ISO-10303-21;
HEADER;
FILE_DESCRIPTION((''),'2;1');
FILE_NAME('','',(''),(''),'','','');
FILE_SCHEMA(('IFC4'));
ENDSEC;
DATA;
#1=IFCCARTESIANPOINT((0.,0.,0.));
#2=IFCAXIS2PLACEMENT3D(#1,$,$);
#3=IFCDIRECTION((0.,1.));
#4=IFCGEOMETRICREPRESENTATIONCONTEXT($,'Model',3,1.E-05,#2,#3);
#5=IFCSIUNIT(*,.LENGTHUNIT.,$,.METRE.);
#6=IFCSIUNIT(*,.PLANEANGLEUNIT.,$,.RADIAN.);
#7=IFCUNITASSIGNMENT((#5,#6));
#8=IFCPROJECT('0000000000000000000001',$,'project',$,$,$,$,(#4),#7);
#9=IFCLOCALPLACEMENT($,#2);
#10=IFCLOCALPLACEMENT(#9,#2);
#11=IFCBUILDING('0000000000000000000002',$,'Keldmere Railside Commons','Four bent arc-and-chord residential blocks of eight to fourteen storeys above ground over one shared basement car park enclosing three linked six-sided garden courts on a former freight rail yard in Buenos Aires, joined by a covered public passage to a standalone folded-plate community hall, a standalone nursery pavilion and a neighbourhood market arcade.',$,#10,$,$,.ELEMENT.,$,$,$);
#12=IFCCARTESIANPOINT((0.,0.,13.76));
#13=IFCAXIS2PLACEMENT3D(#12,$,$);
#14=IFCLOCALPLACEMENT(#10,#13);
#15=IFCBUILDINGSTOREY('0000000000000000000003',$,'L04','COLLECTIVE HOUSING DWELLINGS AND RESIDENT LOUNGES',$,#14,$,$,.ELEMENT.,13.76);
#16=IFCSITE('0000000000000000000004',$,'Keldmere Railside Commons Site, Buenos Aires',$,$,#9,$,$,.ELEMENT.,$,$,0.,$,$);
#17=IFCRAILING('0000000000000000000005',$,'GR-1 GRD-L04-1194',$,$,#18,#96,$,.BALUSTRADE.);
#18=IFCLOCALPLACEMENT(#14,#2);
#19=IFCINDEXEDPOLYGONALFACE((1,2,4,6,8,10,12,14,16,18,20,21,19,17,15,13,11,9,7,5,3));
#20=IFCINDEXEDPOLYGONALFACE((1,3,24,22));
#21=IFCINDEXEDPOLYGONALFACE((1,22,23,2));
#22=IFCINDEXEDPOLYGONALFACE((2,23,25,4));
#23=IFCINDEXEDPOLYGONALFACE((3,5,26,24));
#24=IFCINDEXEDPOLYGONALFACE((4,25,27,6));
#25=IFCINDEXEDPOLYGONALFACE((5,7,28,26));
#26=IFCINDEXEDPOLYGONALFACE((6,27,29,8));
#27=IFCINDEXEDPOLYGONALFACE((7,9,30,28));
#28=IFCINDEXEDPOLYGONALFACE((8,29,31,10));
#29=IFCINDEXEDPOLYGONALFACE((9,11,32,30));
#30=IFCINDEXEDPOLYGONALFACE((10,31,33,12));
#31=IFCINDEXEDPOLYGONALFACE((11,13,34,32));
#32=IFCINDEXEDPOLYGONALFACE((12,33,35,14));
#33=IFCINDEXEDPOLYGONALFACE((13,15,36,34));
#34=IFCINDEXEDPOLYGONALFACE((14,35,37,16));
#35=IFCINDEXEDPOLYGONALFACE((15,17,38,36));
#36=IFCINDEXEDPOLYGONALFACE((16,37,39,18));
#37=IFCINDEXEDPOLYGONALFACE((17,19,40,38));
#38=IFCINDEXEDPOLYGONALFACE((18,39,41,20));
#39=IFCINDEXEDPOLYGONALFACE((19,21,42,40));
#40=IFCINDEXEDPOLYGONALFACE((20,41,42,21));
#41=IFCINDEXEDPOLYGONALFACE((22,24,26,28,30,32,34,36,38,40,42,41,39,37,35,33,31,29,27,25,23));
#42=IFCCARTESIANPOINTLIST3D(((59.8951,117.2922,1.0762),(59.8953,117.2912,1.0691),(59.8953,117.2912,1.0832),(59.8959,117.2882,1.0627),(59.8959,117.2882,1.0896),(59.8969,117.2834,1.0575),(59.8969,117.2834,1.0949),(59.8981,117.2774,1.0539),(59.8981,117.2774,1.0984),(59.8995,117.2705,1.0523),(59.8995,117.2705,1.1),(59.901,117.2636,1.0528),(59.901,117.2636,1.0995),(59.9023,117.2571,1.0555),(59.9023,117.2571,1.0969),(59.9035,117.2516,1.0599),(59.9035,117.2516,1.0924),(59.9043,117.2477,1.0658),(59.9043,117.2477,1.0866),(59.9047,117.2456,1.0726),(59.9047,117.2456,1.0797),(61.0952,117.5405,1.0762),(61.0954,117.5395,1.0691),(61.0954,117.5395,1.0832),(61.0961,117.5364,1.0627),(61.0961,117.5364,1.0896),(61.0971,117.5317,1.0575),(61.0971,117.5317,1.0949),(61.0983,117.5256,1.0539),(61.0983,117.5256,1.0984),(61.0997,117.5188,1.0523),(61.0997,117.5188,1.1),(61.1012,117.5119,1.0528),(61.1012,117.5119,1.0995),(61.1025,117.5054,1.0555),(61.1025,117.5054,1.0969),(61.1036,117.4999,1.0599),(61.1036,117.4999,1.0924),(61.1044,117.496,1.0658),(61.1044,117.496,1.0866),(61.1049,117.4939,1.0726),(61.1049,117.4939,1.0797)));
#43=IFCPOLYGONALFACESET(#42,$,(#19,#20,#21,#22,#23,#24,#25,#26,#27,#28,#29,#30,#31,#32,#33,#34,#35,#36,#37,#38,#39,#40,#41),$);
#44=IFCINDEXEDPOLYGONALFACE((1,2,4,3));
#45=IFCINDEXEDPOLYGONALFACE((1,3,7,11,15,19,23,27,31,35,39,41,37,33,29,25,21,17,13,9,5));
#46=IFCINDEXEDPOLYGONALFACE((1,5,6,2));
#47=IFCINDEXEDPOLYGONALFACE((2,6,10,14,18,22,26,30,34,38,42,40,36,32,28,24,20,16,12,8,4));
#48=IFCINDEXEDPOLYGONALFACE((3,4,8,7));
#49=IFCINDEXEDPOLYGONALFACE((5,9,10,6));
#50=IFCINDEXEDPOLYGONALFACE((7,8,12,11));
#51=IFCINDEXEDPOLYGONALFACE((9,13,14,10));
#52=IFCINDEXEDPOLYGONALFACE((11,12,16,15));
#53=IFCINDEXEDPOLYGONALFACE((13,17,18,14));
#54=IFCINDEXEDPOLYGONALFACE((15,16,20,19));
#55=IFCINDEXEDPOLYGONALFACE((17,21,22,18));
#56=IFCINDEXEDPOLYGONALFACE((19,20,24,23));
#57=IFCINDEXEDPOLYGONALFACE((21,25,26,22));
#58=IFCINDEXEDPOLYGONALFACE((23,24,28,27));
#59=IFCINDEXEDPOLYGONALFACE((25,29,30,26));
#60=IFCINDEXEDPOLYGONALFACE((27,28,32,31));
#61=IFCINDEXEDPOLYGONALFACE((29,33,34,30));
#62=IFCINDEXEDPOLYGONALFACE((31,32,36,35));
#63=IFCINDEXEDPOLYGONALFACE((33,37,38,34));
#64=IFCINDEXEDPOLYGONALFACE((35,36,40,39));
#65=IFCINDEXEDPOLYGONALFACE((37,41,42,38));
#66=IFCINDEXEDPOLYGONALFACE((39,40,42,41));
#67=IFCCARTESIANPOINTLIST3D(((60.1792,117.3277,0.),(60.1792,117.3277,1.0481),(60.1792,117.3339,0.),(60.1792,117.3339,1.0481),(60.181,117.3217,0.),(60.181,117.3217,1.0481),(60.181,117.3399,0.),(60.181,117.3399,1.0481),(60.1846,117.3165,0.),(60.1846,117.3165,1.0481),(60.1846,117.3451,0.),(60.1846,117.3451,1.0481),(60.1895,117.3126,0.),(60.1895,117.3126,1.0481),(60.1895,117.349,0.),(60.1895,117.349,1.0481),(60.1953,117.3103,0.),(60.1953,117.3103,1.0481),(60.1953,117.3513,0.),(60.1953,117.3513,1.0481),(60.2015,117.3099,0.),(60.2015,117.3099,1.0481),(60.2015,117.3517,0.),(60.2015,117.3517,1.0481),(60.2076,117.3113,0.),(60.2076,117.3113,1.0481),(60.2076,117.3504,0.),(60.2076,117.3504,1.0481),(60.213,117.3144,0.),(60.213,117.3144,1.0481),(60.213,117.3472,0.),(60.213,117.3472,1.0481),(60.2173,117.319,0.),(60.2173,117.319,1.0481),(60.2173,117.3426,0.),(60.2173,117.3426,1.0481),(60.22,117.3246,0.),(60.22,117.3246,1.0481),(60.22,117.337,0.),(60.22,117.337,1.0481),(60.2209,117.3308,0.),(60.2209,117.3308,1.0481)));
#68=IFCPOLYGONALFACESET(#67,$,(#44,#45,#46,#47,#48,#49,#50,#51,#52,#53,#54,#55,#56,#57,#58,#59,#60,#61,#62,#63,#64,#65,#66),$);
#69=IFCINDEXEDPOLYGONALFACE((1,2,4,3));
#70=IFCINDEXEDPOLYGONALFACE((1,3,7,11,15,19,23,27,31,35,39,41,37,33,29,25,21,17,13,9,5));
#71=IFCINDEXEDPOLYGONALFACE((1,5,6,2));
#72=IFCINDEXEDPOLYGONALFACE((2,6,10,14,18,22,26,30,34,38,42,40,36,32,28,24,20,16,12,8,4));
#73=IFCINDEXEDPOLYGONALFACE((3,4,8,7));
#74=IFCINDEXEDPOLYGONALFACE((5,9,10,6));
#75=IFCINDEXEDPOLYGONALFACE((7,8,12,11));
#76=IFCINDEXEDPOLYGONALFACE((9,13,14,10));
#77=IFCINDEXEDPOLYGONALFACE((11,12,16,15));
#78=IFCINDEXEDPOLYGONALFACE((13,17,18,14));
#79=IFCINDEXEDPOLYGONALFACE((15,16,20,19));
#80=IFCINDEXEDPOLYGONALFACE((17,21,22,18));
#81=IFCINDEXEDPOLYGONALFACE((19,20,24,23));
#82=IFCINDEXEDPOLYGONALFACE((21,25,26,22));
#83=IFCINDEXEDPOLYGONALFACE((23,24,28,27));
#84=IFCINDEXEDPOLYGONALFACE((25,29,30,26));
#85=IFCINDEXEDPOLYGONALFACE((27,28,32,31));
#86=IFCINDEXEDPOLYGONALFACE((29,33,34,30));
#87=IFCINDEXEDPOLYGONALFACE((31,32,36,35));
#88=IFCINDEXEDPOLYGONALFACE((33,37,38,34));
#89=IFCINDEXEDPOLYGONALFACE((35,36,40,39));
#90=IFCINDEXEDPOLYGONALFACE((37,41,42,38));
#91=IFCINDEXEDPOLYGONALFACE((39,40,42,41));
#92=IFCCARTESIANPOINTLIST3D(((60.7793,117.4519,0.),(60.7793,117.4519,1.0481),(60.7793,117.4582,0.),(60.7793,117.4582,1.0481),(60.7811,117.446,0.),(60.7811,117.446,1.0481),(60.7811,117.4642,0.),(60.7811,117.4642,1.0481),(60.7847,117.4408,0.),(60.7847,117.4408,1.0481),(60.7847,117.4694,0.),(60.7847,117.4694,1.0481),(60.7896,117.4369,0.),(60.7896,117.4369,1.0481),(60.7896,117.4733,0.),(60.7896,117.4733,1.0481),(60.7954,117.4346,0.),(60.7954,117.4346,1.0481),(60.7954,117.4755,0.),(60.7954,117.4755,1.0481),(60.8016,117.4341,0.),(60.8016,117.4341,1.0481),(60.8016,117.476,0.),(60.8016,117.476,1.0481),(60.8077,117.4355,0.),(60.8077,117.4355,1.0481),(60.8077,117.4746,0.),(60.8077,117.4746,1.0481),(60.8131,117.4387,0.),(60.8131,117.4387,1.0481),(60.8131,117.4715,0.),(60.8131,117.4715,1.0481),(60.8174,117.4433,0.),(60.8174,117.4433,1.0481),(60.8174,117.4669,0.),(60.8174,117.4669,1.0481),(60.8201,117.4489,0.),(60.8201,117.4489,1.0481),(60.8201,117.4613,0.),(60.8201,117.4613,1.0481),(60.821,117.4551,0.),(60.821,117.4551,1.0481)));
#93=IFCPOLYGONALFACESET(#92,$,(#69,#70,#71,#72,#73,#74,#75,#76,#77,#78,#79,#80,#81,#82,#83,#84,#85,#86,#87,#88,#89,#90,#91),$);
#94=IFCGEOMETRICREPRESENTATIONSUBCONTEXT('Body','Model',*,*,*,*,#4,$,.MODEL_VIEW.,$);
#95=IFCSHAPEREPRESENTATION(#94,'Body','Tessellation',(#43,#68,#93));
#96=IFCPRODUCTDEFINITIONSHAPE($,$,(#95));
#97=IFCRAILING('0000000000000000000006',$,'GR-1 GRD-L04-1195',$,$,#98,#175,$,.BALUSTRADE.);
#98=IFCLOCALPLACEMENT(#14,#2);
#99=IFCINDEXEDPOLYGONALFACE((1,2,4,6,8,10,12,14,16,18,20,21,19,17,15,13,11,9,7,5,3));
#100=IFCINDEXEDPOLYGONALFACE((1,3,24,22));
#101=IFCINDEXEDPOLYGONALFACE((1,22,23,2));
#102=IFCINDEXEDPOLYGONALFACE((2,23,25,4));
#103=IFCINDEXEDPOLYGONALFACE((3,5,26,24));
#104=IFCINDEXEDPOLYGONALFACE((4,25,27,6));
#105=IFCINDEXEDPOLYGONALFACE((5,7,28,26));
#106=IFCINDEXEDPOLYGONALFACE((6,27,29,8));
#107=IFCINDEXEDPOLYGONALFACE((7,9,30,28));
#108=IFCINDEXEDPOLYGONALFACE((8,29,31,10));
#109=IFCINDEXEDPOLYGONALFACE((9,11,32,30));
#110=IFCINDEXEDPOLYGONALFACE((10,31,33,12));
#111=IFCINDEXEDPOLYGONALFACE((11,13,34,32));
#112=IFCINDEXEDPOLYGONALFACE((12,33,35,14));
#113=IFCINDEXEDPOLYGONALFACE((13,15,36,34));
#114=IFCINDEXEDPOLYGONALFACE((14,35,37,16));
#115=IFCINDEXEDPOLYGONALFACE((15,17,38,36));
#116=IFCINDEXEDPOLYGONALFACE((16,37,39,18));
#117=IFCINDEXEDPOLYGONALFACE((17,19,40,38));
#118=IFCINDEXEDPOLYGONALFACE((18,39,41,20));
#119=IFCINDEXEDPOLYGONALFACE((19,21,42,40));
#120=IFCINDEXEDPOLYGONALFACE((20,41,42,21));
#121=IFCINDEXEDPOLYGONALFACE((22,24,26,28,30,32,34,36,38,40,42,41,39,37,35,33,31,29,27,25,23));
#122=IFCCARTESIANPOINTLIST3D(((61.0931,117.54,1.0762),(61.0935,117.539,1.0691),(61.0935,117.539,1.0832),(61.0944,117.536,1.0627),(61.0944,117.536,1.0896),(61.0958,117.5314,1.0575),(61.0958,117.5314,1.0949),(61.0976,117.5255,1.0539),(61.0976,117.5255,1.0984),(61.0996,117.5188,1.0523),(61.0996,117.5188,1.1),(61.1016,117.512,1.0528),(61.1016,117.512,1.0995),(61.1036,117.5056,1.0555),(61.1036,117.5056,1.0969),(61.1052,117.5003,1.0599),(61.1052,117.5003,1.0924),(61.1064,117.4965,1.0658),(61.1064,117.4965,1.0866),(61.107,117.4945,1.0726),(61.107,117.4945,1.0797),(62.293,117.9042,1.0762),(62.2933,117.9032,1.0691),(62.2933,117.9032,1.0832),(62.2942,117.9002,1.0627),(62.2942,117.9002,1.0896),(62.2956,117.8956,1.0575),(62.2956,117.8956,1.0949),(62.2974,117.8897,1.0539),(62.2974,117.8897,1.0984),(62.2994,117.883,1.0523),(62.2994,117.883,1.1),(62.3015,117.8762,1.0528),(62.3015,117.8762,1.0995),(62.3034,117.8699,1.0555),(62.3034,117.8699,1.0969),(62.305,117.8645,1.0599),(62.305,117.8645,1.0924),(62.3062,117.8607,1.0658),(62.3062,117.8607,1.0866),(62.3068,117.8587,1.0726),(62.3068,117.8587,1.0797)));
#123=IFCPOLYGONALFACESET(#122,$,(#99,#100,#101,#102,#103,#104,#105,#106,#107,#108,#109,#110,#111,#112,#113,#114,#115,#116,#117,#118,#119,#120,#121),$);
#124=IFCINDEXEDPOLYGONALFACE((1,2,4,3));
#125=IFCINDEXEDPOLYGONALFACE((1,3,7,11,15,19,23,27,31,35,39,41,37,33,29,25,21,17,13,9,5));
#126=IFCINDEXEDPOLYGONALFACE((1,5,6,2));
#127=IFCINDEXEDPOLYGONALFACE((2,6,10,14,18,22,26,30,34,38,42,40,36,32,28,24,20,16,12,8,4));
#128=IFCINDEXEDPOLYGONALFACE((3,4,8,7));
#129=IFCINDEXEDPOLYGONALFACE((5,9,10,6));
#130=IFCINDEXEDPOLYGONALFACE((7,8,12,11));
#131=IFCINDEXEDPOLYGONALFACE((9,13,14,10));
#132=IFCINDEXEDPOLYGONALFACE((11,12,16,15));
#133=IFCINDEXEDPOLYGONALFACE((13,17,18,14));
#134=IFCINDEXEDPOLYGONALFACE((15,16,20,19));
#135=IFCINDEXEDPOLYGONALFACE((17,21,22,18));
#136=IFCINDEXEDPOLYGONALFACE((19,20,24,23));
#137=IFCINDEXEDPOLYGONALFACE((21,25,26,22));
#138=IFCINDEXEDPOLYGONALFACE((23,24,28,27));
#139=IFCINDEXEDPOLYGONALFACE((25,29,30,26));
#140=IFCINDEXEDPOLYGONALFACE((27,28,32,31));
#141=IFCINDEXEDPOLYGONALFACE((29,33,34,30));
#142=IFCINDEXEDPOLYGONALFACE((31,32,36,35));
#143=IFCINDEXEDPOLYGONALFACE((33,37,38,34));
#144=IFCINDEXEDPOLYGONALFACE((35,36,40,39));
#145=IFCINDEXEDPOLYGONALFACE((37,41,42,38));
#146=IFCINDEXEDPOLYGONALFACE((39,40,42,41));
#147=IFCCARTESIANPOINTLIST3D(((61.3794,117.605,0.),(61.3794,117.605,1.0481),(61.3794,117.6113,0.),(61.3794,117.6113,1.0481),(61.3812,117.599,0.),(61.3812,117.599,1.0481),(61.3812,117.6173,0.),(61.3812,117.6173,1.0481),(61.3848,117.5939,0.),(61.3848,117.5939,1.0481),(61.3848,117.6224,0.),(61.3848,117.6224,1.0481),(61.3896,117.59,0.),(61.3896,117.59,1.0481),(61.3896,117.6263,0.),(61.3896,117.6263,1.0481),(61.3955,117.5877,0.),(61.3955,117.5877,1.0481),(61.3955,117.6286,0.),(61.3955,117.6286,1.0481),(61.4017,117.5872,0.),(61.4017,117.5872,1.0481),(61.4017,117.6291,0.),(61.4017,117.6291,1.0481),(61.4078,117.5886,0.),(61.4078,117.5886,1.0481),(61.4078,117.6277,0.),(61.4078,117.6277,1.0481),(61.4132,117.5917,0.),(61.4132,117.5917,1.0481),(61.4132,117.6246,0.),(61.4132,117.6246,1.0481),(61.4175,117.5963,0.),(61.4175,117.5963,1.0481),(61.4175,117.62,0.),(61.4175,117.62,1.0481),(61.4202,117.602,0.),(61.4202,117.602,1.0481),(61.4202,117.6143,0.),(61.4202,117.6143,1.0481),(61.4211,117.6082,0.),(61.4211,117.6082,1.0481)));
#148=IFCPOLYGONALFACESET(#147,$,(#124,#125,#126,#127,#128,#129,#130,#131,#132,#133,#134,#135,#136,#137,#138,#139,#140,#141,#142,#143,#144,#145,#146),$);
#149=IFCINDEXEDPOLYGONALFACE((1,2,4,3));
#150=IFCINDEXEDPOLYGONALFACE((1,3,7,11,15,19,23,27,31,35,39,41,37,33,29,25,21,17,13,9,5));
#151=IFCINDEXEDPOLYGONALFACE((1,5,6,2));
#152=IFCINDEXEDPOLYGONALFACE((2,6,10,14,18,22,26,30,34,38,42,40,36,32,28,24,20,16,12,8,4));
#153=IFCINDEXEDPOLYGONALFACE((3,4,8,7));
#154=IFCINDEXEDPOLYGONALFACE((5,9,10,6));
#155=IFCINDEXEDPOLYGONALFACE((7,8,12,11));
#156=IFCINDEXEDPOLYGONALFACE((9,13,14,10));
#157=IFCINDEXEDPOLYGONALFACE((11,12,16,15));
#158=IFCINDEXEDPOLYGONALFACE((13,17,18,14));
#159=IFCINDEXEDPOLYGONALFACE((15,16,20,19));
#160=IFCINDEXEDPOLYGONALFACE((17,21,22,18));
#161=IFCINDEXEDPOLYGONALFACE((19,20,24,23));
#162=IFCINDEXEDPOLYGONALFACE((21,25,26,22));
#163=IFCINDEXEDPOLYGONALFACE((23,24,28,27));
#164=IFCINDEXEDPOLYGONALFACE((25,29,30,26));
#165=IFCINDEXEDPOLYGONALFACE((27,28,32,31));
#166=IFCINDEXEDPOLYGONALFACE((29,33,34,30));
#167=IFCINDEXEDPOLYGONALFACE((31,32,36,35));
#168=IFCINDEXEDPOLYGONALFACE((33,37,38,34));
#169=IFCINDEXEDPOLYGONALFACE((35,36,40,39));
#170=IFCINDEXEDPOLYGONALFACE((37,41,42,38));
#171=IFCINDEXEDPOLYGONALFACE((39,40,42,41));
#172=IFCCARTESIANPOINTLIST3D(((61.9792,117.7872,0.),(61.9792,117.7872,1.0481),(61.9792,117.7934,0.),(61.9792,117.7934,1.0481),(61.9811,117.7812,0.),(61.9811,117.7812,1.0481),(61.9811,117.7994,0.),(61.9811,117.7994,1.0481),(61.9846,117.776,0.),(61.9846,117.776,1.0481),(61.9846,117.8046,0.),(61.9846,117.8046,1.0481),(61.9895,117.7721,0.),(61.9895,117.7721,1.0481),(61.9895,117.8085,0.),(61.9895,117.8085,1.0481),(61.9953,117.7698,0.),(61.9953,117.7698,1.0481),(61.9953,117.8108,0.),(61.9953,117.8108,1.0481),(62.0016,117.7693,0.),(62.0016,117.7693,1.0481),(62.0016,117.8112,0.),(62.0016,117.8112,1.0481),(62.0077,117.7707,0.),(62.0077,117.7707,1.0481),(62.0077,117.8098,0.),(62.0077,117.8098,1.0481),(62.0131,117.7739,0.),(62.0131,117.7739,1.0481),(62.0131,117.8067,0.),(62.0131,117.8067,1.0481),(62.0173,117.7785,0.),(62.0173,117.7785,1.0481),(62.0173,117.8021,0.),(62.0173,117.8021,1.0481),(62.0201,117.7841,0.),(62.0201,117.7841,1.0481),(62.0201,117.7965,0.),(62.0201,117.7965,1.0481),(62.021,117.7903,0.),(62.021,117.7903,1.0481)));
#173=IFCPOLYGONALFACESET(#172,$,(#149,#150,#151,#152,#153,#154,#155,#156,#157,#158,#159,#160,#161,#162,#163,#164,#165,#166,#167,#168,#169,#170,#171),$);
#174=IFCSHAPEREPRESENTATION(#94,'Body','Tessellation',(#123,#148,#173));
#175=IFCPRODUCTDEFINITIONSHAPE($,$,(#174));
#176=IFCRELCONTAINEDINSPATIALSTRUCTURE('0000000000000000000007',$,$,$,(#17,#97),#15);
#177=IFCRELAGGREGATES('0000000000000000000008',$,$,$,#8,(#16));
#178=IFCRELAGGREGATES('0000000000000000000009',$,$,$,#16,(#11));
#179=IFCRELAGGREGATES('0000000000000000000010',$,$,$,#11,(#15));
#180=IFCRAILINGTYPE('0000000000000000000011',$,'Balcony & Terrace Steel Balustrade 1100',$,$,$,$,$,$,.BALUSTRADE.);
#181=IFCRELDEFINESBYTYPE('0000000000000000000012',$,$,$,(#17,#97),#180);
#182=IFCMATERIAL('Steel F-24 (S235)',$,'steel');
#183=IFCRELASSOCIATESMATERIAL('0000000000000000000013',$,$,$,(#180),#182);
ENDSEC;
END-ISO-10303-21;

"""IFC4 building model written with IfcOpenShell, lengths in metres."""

from ifc_helpers import new_model, si_unit, direction, frame, origin, origin_2d, place, context, subcontext, project, spatial, circle, extrude, material, type_object, element, save


model = new_model("IFC4")

# Units and contexts
model_context = context("Model", 3, precision=1e-05, world=origin(), true_north=direction((0.0, 1.0)))
body_context = subcontext(model_context, "Body", "Model", "MODEL_VIEW")
ifc_project = project(units=[si_unit("LENGTHUNIT", "METRE"), si_unit("PLANEANGLEUNIT", "RADIAN")], contexts=[model_context])

# Site, building, storey
site_placement = place(None, origin())
site = spatial("IfcSite", under=ifc_project, at=site_placement, Name="Keldmere Railside Commons Site, Buenos Aires", CompositionType="ELEMENT", RefElevation=0.0)
building_placement = place(site_placement, origin())
building = spatial("IfcBuilding", under=site, at=building_placement, Name="Keldmere Railside Commons", Description="Four bent arc-and-chord residential blocks of eight to fourteen storeys above ground over one shared basement car park enclosing three linked six-sided garden courts on a former freight rail yard in Buenos Aires, joined by a covered public passage to a standalone folded-plate community hall, a standalone nursery pavilion and a neighbourhood market arcade.", CompositionType="ELEMENT")
storey_placement = place(building_placement, frame((0.0, 0.0, 13.76)))
storey = spatial("IfcBuildingStorey", under=building, at=storey_placement, Name="L04", Description="COLLECTIVE HOUSING DWELLINGS AND RESIDENT LOUNGES", CompositionType="ELEMENT", Elevation=13.76)

# Railings
ifc_material_1 = material(Name="Steel F-24 (S235)", Category="steel")
railing_type = type_object("IfcRailingType", Name="Balcony & Terrace Steel Balustrade 1100", PredefinedType="BALUSTRADE", material=ifc_material_1)
railing_1_placement = place(storey_placement, frame((59.8999, 117.2688, 0.0)))
element("IfcRailing", 1, at=railing_1_placement, inside=storey, type_object=railing_type, Name="GR-1 GRD-L04-1194", PredefinedType="BALUSTRADE", context=body_context, shape_type="SweptSolid", body=[
    extrude(circle(Radius=0.0239, at=origin_2d()), frame((0.0, 0.0, 1.0762), z_axis=(0.979265, 0.202586, 0.0), x_axis=(-0.202586, 0.979265, 0.0)), (0.0, 0.0, 1.0), 1.2256),
    extrude(circle(Radius=0.021, at=origin_2d()), frame((0.3, 0.062, 0.0)), (0.0, 0.0, 1.0), 1.0481),
    extrude(circle(Radius=0.021, at=origin_2d()), frame((0.9001, 0.1863, 0.0)), (0.0, 0.0, 1.0), 1.0481),
])
railing_2_placement = place(storey_placement, frame((61.1001, 117.5171, 0.0)))
element("IfcRailing", 2, at=railing_2_placement, inside=storey, type_object=railing_type, Name="GR-1 GRD-L04-1195", PredefinedType="BALUSTRADE", context=body_context, shape_type="SweptSolid", body=[
    extrude(circle(Radius=0.0239, at=origin_2d()), frame((0.0, 0.0, 1.0762), z_axis=(0.956883, 0.290472, 0.0), x_axis=(-0.290472, 0.956883, 0.0)), (0.0, 0.0, 1.0), 1.2539),
    extrude(circle(Radius=0.021, at=origin_2d()), frame((0.3, 0.0911, 0.0)), (0.0, 0.0, 1.0), 1.0481),
    extrude(circle(Radius=0.021, at=origin_2d()), frame((0.8999, 0.2732, 0.0)), (0.0, 0.0, 1.0), 1.0481),
])

save(model, "model.ifc")
